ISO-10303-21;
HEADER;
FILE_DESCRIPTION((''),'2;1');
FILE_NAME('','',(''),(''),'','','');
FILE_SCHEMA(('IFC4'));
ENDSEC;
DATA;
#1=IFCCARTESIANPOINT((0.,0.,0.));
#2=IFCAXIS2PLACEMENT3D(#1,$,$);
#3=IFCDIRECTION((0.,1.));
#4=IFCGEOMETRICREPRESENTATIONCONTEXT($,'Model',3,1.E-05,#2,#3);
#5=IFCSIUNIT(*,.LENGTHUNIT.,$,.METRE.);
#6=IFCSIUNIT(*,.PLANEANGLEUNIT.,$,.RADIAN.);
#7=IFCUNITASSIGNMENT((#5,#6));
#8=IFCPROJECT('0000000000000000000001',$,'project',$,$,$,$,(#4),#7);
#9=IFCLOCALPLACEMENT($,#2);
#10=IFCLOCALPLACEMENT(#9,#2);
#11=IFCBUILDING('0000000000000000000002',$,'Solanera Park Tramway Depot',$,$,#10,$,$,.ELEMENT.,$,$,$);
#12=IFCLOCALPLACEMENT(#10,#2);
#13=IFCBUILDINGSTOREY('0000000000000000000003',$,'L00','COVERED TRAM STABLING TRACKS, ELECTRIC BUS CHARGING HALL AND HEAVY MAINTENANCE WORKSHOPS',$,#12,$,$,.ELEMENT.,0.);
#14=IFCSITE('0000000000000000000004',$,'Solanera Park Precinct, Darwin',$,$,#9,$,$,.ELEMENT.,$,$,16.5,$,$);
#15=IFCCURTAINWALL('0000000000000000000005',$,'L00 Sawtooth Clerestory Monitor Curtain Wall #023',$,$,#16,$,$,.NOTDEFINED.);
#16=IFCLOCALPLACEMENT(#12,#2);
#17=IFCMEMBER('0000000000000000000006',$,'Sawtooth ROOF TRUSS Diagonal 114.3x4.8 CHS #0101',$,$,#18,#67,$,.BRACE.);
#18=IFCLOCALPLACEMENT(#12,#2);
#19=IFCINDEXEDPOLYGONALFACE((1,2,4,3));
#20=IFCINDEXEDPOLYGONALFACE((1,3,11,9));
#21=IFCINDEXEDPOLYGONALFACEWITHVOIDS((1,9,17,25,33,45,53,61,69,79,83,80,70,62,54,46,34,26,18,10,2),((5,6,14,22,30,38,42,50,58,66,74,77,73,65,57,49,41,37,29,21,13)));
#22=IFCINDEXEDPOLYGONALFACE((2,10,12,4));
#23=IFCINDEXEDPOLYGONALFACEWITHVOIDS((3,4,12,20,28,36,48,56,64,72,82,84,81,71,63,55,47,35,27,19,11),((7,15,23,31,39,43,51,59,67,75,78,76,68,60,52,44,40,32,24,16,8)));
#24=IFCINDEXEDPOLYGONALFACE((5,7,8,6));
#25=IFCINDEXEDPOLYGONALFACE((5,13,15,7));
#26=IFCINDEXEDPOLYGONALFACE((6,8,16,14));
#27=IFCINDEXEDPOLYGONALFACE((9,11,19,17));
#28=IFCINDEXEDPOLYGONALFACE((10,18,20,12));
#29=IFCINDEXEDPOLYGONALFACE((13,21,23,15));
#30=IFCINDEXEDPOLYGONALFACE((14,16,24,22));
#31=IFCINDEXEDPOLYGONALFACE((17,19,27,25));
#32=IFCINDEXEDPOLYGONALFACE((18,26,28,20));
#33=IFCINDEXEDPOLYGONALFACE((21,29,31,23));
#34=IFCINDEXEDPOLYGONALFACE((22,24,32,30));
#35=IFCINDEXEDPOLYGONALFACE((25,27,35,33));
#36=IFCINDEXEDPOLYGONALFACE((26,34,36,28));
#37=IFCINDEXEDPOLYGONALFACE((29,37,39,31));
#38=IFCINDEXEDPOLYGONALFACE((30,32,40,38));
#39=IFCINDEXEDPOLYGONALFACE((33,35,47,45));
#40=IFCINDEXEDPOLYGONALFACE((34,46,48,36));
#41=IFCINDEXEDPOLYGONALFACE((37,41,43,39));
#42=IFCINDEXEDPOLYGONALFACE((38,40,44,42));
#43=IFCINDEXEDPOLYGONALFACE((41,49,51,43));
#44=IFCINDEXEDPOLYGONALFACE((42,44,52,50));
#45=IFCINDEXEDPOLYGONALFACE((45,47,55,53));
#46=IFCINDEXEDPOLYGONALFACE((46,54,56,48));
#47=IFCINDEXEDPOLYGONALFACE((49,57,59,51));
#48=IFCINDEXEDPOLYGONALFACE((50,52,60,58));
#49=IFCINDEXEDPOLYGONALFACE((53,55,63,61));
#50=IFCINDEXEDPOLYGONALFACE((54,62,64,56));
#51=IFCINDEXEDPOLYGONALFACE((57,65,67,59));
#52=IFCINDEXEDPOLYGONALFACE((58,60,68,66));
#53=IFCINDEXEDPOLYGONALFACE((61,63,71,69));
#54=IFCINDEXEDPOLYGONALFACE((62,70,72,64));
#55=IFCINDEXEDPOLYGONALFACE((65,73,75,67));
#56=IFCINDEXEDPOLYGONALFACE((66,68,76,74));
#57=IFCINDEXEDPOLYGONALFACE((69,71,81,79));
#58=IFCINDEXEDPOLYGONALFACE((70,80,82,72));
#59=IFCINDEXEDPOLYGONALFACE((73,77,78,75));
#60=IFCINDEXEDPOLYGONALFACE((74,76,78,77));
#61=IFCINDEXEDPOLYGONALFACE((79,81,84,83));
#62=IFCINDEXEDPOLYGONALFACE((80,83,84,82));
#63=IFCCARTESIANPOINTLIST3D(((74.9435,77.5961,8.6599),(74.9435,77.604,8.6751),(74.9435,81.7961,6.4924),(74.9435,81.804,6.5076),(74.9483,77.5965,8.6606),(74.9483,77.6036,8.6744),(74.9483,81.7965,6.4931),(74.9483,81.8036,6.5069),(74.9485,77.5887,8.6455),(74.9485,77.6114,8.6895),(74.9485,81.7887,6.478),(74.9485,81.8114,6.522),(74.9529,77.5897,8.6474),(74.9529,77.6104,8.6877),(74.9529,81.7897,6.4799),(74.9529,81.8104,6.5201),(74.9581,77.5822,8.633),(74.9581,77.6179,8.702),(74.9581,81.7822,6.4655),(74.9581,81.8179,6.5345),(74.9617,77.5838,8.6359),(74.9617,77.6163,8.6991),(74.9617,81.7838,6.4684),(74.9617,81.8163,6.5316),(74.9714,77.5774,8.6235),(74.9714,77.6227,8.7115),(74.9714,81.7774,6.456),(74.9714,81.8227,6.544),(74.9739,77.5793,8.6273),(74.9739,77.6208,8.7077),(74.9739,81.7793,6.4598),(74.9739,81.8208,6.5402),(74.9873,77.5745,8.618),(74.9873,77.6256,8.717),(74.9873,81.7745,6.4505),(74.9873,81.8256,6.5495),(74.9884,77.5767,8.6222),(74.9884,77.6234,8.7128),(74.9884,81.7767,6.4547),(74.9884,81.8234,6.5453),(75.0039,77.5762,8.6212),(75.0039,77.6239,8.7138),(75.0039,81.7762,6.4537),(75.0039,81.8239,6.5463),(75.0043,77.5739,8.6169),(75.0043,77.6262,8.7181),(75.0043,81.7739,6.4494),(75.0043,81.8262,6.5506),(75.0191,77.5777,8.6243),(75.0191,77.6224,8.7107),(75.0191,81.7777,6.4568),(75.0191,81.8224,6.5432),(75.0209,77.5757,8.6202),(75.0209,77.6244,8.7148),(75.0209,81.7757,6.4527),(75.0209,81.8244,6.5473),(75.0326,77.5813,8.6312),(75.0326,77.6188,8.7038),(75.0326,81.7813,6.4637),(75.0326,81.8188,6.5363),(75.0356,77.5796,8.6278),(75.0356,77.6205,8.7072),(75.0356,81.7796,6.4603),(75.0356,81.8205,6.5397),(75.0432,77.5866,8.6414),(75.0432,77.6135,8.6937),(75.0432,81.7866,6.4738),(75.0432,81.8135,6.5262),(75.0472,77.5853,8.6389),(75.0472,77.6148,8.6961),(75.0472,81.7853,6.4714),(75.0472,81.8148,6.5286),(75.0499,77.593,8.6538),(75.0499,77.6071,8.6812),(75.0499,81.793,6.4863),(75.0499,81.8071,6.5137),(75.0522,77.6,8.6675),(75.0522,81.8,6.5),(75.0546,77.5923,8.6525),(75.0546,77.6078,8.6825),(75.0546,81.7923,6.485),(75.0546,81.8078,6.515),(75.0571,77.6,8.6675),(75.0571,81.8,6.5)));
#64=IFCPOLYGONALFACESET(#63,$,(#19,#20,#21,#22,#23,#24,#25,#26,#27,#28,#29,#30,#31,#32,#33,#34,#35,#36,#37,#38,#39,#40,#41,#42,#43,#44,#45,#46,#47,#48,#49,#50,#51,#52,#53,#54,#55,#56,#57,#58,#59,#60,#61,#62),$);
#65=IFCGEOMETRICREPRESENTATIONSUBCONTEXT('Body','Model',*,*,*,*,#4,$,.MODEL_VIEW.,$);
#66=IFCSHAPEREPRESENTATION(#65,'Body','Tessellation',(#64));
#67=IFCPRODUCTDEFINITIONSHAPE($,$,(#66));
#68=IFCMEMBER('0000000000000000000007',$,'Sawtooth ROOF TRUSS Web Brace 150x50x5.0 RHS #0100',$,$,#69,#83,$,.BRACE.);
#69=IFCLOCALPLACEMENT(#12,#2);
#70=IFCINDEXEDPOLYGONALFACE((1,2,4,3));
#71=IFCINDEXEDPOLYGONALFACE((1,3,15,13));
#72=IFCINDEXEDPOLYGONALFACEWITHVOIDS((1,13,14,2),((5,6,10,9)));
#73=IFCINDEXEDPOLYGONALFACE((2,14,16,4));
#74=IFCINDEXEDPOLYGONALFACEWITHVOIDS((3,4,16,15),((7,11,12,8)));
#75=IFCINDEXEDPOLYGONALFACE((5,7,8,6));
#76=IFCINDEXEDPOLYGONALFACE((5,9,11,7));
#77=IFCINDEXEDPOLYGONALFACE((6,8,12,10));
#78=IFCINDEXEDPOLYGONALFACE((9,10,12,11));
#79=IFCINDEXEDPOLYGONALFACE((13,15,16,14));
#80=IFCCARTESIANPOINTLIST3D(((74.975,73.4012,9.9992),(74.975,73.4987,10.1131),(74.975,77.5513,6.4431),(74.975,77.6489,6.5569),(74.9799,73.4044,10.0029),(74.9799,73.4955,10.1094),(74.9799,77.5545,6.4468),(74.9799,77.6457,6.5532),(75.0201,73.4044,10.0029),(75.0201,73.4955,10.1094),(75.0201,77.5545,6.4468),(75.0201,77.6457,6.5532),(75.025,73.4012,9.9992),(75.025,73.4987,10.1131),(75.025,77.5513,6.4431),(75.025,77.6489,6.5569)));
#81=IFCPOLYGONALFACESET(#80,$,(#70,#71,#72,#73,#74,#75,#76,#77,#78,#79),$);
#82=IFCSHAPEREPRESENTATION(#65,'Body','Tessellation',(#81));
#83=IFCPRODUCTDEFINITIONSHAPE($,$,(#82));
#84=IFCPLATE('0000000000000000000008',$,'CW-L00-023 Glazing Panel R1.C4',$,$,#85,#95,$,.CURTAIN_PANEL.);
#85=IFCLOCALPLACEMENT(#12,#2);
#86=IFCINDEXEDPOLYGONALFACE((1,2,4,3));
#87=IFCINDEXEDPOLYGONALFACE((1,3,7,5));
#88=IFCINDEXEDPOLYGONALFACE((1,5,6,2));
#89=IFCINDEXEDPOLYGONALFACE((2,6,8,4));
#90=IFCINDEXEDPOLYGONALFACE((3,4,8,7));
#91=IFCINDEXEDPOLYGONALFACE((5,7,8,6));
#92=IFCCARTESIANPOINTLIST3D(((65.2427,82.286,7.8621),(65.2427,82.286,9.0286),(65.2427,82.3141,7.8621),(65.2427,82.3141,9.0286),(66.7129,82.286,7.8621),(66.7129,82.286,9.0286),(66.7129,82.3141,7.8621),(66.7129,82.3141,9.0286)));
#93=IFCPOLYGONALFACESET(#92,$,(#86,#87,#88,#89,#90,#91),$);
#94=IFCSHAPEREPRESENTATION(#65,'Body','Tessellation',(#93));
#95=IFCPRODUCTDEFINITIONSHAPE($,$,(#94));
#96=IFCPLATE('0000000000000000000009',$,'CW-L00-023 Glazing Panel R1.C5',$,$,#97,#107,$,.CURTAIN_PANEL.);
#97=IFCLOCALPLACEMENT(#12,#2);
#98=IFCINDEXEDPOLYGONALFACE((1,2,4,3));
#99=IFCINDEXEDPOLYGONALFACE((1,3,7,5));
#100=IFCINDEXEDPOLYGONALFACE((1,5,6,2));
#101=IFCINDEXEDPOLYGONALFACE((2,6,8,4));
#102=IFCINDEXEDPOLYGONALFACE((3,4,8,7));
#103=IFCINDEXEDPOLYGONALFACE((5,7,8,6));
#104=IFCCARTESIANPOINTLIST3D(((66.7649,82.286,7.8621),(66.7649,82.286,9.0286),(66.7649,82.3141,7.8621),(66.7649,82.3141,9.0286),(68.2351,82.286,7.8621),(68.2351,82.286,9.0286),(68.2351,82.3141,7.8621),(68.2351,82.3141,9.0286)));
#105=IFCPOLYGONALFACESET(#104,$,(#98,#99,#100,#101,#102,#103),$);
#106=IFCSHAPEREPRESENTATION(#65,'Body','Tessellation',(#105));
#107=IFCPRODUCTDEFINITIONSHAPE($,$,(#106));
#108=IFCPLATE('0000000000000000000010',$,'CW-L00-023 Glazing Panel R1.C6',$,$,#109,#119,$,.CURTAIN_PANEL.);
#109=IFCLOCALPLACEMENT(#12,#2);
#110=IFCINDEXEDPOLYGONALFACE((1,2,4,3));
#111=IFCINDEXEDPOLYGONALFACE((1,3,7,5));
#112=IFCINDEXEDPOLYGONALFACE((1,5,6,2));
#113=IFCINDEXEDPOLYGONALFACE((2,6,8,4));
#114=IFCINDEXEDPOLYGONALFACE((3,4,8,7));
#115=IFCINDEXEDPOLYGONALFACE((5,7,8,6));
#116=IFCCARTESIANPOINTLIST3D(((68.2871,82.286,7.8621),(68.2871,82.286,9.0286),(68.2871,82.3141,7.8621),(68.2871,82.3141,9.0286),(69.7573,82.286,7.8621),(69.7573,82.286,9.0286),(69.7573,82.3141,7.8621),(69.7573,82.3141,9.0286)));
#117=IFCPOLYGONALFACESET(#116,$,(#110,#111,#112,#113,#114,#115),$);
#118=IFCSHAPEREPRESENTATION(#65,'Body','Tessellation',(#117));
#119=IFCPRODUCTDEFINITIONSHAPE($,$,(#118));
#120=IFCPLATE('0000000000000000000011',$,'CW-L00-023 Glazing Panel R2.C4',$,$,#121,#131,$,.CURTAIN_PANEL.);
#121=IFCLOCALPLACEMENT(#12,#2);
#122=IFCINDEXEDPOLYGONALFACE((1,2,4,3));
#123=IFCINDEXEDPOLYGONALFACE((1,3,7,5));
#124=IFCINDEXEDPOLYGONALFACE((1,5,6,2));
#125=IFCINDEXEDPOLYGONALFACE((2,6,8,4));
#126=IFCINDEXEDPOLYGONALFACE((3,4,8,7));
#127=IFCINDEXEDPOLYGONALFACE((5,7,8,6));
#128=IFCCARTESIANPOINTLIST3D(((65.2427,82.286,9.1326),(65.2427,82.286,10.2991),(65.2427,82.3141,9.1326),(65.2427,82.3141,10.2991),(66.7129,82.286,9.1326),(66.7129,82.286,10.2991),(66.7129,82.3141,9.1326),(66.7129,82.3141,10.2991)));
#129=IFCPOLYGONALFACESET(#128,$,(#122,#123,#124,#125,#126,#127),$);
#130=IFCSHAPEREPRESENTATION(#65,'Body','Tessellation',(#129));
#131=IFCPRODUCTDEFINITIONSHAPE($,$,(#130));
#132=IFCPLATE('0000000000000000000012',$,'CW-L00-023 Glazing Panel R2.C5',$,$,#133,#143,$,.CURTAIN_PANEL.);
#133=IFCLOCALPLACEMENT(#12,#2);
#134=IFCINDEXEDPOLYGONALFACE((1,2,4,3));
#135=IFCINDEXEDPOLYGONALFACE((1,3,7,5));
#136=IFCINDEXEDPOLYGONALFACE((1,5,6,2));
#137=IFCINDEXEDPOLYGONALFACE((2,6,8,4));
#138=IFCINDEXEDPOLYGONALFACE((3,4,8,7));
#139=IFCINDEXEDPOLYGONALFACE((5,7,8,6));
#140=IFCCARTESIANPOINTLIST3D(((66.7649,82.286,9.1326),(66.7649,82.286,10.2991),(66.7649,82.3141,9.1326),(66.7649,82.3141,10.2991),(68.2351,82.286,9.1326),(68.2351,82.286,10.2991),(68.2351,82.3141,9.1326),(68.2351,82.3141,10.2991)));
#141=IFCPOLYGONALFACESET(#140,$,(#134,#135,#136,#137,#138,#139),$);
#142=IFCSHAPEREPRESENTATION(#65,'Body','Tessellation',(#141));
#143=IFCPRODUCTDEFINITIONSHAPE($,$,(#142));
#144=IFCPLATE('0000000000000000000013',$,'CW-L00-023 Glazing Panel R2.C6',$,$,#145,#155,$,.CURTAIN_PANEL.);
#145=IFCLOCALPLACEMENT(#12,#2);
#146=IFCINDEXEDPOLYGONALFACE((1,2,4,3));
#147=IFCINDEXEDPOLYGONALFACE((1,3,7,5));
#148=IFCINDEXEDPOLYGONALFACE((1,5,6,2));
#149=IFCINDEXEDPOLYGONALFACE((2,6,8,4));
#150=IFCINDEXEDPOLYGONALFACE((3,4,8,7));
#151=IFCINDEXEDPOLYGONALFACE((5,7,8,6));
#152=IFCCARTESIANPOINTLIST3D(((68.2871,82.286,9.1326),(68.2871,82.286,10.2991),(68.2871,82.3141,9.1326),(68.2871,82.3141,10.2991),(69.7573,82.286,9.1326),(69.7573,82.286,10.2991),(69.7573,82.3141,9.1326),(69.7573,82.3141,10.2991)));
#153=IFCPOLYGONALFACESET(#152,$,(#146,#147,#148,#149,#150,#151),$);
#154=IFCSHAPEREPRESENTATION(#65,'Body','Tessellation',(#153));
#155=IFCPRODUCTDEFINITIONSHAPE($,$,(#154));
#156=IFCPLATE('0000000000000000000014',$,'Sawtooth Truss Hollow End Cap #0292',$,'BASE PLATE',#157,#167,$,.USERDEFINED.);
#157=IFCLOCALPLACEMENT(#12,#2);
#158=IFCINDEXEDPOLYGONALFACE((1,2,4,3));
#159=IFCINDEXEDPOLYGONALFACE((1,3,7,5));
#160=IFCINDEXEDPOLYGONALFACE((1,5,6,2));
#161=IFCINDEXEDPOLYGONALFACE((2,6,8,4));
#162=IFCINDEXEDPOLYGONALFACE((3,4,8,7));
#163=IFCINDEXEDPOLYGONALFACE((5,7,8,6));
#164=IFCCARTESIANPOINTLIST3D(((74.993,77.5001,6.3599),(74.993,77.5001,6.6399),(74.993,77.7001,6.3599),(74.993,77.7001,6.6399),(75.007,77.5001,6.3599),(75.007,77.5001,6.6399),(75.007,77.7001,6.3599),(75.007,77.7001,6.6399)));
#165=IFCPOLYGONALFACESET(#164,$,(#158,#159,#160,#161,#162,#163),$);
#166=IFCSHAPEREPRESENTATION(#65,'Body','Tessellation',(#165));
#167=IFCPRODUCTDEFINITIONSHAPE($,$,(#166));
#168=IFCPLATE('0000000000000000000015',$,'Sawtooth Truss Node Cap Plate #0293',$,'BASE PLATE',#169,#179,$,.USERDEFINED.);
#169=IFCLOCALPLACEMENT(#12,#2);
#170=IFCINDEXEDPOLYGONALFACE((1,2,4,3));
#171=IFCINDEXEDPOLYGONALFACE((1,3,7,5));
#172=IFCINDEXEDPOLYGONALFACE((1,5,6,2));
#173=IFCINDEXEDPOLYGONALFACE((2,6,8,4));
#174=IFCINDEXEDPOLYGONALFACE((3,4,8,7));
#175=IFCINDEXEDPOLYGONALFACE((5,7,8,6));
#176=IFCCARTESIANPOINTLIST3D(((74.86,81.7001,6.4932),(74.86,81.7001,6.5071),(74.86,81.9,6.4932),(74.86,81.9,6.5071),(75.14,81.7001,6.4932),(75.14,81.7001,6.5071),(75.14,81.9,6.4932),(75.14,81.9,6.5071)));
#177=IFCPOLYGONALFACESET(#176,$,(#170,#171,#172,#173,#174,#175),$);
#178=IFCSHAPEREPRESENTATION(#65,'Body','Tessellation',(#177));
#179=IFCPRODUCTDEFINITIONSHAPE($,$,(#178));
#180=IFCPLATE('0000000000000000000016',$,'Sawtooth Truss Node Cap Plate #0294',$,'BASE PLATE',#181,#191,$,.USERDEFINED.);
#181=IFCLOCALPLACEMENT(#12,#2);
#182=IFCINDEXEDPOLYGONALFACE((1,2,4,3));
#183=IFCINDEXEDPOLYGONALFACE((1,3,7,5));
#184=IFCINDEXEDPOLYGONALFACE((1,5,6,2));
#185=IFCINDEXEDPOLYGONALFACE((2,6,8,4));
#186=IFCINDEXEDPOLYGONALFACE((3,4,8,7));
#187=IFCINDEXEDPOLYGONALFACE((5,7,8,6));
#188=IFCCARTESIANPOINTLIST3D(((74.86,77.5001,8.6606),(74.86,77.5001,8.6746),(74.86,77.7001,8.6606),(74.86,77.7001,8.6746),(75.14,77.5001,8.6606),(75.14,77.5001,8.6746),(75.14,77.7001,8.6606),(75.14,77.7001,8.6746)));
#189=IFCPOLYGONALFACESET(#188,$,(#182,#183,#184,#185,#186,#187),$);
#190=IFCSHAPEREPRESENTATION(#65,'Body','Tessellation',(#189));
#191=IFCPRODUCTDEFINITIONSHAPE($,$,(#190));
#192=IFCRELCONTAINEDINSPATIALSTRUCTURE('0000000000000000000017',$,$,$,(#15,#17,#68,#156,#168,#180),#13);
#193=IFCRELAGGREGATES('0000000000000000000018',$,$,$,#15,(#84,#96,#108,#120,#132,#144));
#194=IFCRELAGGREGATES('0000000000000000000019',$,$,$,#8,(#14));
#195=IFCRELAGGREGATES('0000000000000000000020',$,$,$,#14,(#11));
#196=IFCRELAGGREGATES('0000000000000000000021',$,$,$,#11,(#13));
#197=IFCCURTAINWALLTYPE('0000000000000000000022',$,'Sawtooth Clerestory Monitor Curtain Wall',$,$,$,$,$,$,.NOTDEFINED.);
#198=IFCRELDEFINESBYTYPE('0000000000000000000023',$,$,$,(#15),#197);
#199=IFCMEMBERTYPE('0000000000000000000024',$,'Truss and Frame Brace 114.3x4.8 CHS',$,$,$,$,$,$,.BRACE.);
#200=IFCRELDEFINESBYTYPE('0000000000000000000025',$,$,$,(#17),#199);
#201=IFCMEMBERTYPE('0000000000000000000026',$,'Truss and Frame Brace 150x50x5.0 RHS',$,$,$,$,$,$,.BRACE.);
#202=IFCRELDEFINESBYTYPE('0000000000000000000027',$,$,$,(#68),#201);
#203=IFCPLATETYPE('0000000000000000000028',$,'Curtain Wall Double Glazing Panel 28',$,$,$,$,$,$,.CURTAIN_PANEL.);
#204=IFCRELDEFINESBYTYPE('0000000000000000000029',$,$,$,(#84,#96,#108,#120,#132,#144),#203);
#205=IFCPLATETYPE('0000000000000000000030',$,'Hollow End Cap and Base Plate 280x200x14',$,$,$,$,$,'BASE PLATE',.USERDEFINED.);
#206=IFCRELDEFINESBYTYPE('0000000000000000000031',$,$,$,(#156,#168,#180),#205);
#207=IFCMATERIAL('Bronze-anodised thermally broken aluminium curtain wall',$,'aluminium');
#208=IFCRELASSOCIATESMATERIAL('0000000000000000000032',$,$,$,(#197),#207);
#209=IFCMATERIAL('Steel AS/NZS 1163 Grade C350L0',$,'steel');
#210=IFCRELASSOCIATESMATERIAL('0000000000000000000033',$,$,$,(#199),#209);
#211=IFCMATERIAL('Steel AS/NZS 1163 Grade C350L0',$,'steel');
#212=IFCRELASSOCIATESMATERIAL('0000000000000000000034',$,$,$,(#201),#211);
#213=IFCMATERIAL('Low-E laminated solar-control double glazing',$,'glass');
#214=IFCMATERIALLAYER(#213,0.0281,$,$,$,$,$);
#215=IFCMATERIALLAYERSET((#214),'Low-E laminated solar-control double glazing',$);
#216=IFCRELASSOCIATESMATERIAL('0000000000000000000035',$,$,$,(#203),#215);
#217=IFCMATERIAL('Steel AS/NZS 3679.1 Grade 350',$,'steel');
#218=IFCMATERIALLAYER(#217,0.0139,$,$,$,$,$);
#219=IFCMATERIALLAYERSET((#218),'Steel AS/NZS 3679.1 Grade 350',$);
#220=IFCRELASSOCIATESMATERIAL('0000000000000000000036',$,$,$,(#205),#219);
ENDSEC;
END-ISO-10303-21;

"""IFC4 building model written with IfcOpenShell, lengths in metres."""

from ifc_helpers import new_model, si_unit, direction, frame, origin, origin_2d, place, context, subcontext, project, spatial, rectangle, hollow_rectangle, hollow_circle, extrude, material, layer, layer_set, material_profile, profile_set, type_object, element, aggregate, save


model = new_model("IFC4")

# Units and contexts
model_context = context("Model", 3, precision=1e-05, world=origin(), true_north=direction((0.0, 1.0)))
body_context = subcontext(model_context, "Body", "Model", "MODEL_VIEW")
ifc_project = project(units=[si_unit("LENGTHUNIT", "METRE"), si_unit("PLANEANGLEUNIT", "RADIAN")], contexts=[model_context])

# Site, building, storey
site_placement = place(None, origin())
site = spatial("IfcSite", under=ifc_project, at=site_placement, Name="Solanera Park Precinct, Darwin", CompositionType="ELEMENT", RefElevation=16.5)
building_placement = place(site_placement, origin())
building = spatial("IfcBuilding", under=site, at=building_placement, Name="Solanera Park Tramway Depot", CompositionType="ELEMENT")
storey_placement = place(building_placement, origin())
storey = spatial("IfcBuildingStorey", under=building, at=storey_placement, Name="L00", Description="COVERED TRAM STABLING TRACKS, ELECTRIC BUS CHARGING HALL AND HEAVY MAINTENANCE WORKSHOPS", CompositionType="ELEMENT", Elevation=0.0)

# Curtain wall
ifc_material_1 = material(Name="Bronze-anodised thermally broken aluminium curtain wall", Category="aluminium")
curtain_wall_type = type_object("IfcCurtainWallType", Name="Sawtooth Clerestory Monitor Curtain Wall", PredefinedType="NOTDEFINED", material=ifc_material_1)
curtain_wall_placement = place(storey_placement, origin())
curtain_wall = element("IfcCurtainWall", 1, at=curtain_wall_placement, inside=storey, type_object=curtain_wall_type, Name="L00 Sawtooth Clerestory Monitor Curtain Wall #023", PredefinedType="NOTDEFINED")

# Members
ifc_material_2 = material(Name="Steel AS/NZS 1163 Grade C350L0", Category="steel")
ifc_material_profile_1 = material_profile(ifc_material_2, hollow_circle(Radius=0.0571, WallThickness=0.0049, at=origin_2d()), Name="114.3x4.8 CHS")
ifc_profile_set_1 = profile_set([ifc_material_profile_1], Name="Steel AS/NZS 1163 Grade C350L0")
member_type_1 = type_object("IfcMemberType", Name="Truss and Frame Brace 114.3x4.8 CHS", PredefinedType="BRACE", material=ifc_profile_set_1)
member_1_placement = place(storey_placement, frame((75.0, 81.8, 6.5), z_axis=(0.0, -0.888641, 0.458603), x_axis=(1.0, 0.0, 0.0)))
element("IfcMember", 2, at=member_1_placement, inside=storey, type_object=member_type_1, Name="Sawtooth ROOF TRUSS Diagonal 114.3x4.8 CHS #0101", PredefinedType="BRACE", context=body_context, shape_type="SweptSolid", body=[
    extrude(hollow_circle(Radius=0.0571, WallThickness=0.0049, at=origin_2d()), origin(), (0.0, 0.0, 1.0), 4.7263),
])
ifc_material_3 = material(Name="Steel AS/NZS 1163 Grade C350L0", Category="steel")
ifc_material_profile_2 = material_profile(ifc_material_3, hollow_rectangle(XDim=0.05, YDim=0.1499, WallThickness=0.0049, at=origin_2d()), Name="150x50x5.0 RHS")
ifc_profile_set_2 = profile_set([ifc_material_profile_2], Name="Steel AS/NZS 1163 Grade C350L0")
member_type_2 = type_object("IfcMemberType", Name="Truss and Frame Brace 150x50x5.0 RHS", PredefinedType="BRACE", material=ifc_profile_set_2)
member_2_placement = place(storey_placement, frame((75.0, 77.6001, 6.5), z_axis=(0.0, -0.759357, 0.650674), x_axis=(1.0, 0.0, 0.0)))
element("IfcMember", 3, at=member_2_placement, inside=storey, type_object=member_type_2, Name="Sawtooth ROOF TRUSS Web Brace 150x50x5.0 RHS #0100", PredefinedType="BRACE", context=body_context, shape_type="SweptSolid", body=[
    extrude(hollow_rectangle(XDim=0.05, YDim=0.1499, WallThickness=0.0049, at=origin_2d()), origin(), (0.0, 0.0, 1.0), 5.4653),
])

# Plates
ifc_material_4 = material(Name="Low-E laminated solar-control double glazing", Category="glass")
ifc_layer_1 = layer(ifc_material_4, 0.0281)
ifc_layer_set_1 = layer_set([ifc_layer_1], Name="Low-E laminated solar-control double glazing")
plate_type_1 = type_object("IfcPlateType", Name="Curtain Wall Double Glazing Panel 28", PredefinedType="CURTAIN_PANEL", material=ifc_layer_set_1)
plate_1_placement = place(storey_placement, frame((65.9778, 82.3, 7.8621), z_axis=(0.0, 0.0, 1.0), x_axis=(1.0, 0.0, 0.0)))
plate_1 = element("IfcPlate", 4, at=plate_1_placement, type_object=plate_type_1, Name="CW-L00-023 Glazing Panel R1.C4", PredefinedType="CURTAIN_PANEL", context=body_context, shape_type="SweptSolid", body=[
    extrude(rectangle(XDim=1.4702, YDim=0.0281, at=origin_2d()), origin(), (0.0, 0.0, 1.0), 1.1665),
])
plate_2_placement = place(storey_placement, frame((67.5, 82.3, 7.8621), z_axis=(0.0, 0.0, 1.0), x_axis=(1.0, 0.0, 0.0)))
plate_2 = element("IfcPlate", 5, at=plate_2_placement, type_object=plate_type_1, Name="CW-L00-023 Glazing Panel R1.C5", PredefinedType="CURTAIN_PANEL", context=body_context, shape_type="SweptSolid", body=[
    extrude(rectangle(XDim=1.4702, YDim=0.0281, at=origin_2d()), origin(), (0.0, 0.0, 1.0), 1.1665),
])
plate_3_placement = place(storey_placement, frame((69.0222, 82.3, 7.8621), z_axis=(0.0, 0.0, 1.0), x_axis=(1.0, 0.0, 0.0)))
plate_3 = element("IfcPlate", 6, at=plate_3_placement, type_object=plate_type_1, Name="CW-L00-023 Glazing Panel R1.C6", PredefinedType="CURTAIN_PANEL", context=body_context, shape_type="SweptSolid", body=[
    extrude(rectangle(XDim=1.4702, YDim=0.0281, at=origin_2d()), origin(), (0.0, 0.0, 1.0), 1.1665),
])
plate_4_placement = place(storey_placement, frame((65.9778, 82.3, 9.1326), z_axis=(0.0, 0.0, 1.0), x_axis=(1.0, 0.0, 0.0)))
plate_4 = element("IfcPlate", 7, at=plate_4_placement, type_object=plate_type_1, Name="CW-L00-023 Glazing Panel R2.C4", PredefinedType="CURTAIN_PANEL", context=body_context, shape_type="SweptSolid", body=[
    extrude(rectangle(XDim=1.4702, YDim=0.0281, at=origin_2d()), origin(), (0.0, 0.0, 1.0), 1.1665),
])
plate_5_placement = place(storey_placement, frame((67.5, 82.3, 9.1326), z_axis=(0.0, 0.0, 1.0), x_axis=(1.0, 0.0, 0.0)))
plate_5 = element("IfcPlate", 8, at=plate_5_placement, type_object=plate_type_1, Name="CW-L00-023 Glazing Panel R2.C5", PredefinedType="CURTAIN_PANEL", context=body_context, shape_type="SweptSolid", body=[
    extrude(rectangle(XDim=1.4702, YDim=0.0281, at=origin_2d()), origin(), (0.0, 0.0, 1.0), 1.1665),
])
plate_6_placement = place(storey_placement, frame((69.0222, 82.3, 9.1326), z_axis=(0.0, 0.0, 1.0), x_axis=(1.0, 0.0, 0.0)))
plate_6 = element("IfcPlate", 9, at=plate_6_placement, type_object=plate_type_1, Name="CW-L00-023 Glazing Panel R2.C6", PredefinedType="CURTAIN_PANEL", context=body_context, shape_type="SweptSolid", body=[
    extrude(rectangle(XDim=1.4702, YDim=0.0281, at=origin_2d()), origin(), (0.0, 0.0, 1.0), 1.1665),
])
aggregate(curtain_wall, [plate_1, plate_2, plate_3, plate_4, plate_5, plate_6])

# Plates
ifc_material_5 = material(Name="Steel AS/NZS 3679.1 Grade 350", Category="steel")
ifc_layer_2 = layer(ifc_material_5, 0.0139)
ifc_layer_set_2 = layer_set([ifc_layer_2], Name="Steel AS/NZS 3679.1 Grade 350")
plate_type_2 = type_object("IfcPlateType", Name="Hollow End Cap and Base Plate 280x200x14", ElementType="BASE PLATE", PredefinedType="USERDEFINED", material=ifc_layer_set_2)
plate_7_placement = place(storey_placement, frame((75.0, 77.6001, 6.3599), z_axis=(0.0, 0.0, 1.0), x_axis=(1.0, 0.0, 0.0)))
element("IfcPlate", 10, at=plate_7_placement, inside=storey, type_object=plate_type_2, Name="Sawtooth Truss Hollow End Cap #0292", ObjectType="BASE PLATE", PredefinedType="USERDEFINED", context=body_context, shape_type="SweptSolid", body=[
    extrude(rectangle(XDim=0.0139, YDim=0.2, at=origin_2d()), origin(), (0.0, 0.0, 1.0), 0.28),
])
for number, where, z_axis, x_axis, name in (
    (11, (75.0, 81.8, 6.4932), (0.0, 0.0, 1.0), (1.0, 0.0, 0.0), "Sawtooth Truss Node Cap Plate #0293"),
    (12, (75.0, 77.6001, 8.6606), (0.0, 0.0, 1.0), (1.0, 0.0, 0.0), "Sawtooth Truss Node Cap Plate #0294"),
):
    element("IfcPlate", number, at=place(storey_placement, frame(where, z_axis=z_axis, x_axis=x_axis)), inside=storey, type_object=plate_type_2, Name=name, ObjectType="BASE PLATE", PredefinedType="USERDEFINED", context=body_context, shape_type="SweptSolid", body=[
        extrude(rectangle(XDim=0.28, YDim=0.2, at=origin_2d()), origin(), (0.0, 0.0, 1.0), 0.0139),
    ])

save(model, "model.ifc")
